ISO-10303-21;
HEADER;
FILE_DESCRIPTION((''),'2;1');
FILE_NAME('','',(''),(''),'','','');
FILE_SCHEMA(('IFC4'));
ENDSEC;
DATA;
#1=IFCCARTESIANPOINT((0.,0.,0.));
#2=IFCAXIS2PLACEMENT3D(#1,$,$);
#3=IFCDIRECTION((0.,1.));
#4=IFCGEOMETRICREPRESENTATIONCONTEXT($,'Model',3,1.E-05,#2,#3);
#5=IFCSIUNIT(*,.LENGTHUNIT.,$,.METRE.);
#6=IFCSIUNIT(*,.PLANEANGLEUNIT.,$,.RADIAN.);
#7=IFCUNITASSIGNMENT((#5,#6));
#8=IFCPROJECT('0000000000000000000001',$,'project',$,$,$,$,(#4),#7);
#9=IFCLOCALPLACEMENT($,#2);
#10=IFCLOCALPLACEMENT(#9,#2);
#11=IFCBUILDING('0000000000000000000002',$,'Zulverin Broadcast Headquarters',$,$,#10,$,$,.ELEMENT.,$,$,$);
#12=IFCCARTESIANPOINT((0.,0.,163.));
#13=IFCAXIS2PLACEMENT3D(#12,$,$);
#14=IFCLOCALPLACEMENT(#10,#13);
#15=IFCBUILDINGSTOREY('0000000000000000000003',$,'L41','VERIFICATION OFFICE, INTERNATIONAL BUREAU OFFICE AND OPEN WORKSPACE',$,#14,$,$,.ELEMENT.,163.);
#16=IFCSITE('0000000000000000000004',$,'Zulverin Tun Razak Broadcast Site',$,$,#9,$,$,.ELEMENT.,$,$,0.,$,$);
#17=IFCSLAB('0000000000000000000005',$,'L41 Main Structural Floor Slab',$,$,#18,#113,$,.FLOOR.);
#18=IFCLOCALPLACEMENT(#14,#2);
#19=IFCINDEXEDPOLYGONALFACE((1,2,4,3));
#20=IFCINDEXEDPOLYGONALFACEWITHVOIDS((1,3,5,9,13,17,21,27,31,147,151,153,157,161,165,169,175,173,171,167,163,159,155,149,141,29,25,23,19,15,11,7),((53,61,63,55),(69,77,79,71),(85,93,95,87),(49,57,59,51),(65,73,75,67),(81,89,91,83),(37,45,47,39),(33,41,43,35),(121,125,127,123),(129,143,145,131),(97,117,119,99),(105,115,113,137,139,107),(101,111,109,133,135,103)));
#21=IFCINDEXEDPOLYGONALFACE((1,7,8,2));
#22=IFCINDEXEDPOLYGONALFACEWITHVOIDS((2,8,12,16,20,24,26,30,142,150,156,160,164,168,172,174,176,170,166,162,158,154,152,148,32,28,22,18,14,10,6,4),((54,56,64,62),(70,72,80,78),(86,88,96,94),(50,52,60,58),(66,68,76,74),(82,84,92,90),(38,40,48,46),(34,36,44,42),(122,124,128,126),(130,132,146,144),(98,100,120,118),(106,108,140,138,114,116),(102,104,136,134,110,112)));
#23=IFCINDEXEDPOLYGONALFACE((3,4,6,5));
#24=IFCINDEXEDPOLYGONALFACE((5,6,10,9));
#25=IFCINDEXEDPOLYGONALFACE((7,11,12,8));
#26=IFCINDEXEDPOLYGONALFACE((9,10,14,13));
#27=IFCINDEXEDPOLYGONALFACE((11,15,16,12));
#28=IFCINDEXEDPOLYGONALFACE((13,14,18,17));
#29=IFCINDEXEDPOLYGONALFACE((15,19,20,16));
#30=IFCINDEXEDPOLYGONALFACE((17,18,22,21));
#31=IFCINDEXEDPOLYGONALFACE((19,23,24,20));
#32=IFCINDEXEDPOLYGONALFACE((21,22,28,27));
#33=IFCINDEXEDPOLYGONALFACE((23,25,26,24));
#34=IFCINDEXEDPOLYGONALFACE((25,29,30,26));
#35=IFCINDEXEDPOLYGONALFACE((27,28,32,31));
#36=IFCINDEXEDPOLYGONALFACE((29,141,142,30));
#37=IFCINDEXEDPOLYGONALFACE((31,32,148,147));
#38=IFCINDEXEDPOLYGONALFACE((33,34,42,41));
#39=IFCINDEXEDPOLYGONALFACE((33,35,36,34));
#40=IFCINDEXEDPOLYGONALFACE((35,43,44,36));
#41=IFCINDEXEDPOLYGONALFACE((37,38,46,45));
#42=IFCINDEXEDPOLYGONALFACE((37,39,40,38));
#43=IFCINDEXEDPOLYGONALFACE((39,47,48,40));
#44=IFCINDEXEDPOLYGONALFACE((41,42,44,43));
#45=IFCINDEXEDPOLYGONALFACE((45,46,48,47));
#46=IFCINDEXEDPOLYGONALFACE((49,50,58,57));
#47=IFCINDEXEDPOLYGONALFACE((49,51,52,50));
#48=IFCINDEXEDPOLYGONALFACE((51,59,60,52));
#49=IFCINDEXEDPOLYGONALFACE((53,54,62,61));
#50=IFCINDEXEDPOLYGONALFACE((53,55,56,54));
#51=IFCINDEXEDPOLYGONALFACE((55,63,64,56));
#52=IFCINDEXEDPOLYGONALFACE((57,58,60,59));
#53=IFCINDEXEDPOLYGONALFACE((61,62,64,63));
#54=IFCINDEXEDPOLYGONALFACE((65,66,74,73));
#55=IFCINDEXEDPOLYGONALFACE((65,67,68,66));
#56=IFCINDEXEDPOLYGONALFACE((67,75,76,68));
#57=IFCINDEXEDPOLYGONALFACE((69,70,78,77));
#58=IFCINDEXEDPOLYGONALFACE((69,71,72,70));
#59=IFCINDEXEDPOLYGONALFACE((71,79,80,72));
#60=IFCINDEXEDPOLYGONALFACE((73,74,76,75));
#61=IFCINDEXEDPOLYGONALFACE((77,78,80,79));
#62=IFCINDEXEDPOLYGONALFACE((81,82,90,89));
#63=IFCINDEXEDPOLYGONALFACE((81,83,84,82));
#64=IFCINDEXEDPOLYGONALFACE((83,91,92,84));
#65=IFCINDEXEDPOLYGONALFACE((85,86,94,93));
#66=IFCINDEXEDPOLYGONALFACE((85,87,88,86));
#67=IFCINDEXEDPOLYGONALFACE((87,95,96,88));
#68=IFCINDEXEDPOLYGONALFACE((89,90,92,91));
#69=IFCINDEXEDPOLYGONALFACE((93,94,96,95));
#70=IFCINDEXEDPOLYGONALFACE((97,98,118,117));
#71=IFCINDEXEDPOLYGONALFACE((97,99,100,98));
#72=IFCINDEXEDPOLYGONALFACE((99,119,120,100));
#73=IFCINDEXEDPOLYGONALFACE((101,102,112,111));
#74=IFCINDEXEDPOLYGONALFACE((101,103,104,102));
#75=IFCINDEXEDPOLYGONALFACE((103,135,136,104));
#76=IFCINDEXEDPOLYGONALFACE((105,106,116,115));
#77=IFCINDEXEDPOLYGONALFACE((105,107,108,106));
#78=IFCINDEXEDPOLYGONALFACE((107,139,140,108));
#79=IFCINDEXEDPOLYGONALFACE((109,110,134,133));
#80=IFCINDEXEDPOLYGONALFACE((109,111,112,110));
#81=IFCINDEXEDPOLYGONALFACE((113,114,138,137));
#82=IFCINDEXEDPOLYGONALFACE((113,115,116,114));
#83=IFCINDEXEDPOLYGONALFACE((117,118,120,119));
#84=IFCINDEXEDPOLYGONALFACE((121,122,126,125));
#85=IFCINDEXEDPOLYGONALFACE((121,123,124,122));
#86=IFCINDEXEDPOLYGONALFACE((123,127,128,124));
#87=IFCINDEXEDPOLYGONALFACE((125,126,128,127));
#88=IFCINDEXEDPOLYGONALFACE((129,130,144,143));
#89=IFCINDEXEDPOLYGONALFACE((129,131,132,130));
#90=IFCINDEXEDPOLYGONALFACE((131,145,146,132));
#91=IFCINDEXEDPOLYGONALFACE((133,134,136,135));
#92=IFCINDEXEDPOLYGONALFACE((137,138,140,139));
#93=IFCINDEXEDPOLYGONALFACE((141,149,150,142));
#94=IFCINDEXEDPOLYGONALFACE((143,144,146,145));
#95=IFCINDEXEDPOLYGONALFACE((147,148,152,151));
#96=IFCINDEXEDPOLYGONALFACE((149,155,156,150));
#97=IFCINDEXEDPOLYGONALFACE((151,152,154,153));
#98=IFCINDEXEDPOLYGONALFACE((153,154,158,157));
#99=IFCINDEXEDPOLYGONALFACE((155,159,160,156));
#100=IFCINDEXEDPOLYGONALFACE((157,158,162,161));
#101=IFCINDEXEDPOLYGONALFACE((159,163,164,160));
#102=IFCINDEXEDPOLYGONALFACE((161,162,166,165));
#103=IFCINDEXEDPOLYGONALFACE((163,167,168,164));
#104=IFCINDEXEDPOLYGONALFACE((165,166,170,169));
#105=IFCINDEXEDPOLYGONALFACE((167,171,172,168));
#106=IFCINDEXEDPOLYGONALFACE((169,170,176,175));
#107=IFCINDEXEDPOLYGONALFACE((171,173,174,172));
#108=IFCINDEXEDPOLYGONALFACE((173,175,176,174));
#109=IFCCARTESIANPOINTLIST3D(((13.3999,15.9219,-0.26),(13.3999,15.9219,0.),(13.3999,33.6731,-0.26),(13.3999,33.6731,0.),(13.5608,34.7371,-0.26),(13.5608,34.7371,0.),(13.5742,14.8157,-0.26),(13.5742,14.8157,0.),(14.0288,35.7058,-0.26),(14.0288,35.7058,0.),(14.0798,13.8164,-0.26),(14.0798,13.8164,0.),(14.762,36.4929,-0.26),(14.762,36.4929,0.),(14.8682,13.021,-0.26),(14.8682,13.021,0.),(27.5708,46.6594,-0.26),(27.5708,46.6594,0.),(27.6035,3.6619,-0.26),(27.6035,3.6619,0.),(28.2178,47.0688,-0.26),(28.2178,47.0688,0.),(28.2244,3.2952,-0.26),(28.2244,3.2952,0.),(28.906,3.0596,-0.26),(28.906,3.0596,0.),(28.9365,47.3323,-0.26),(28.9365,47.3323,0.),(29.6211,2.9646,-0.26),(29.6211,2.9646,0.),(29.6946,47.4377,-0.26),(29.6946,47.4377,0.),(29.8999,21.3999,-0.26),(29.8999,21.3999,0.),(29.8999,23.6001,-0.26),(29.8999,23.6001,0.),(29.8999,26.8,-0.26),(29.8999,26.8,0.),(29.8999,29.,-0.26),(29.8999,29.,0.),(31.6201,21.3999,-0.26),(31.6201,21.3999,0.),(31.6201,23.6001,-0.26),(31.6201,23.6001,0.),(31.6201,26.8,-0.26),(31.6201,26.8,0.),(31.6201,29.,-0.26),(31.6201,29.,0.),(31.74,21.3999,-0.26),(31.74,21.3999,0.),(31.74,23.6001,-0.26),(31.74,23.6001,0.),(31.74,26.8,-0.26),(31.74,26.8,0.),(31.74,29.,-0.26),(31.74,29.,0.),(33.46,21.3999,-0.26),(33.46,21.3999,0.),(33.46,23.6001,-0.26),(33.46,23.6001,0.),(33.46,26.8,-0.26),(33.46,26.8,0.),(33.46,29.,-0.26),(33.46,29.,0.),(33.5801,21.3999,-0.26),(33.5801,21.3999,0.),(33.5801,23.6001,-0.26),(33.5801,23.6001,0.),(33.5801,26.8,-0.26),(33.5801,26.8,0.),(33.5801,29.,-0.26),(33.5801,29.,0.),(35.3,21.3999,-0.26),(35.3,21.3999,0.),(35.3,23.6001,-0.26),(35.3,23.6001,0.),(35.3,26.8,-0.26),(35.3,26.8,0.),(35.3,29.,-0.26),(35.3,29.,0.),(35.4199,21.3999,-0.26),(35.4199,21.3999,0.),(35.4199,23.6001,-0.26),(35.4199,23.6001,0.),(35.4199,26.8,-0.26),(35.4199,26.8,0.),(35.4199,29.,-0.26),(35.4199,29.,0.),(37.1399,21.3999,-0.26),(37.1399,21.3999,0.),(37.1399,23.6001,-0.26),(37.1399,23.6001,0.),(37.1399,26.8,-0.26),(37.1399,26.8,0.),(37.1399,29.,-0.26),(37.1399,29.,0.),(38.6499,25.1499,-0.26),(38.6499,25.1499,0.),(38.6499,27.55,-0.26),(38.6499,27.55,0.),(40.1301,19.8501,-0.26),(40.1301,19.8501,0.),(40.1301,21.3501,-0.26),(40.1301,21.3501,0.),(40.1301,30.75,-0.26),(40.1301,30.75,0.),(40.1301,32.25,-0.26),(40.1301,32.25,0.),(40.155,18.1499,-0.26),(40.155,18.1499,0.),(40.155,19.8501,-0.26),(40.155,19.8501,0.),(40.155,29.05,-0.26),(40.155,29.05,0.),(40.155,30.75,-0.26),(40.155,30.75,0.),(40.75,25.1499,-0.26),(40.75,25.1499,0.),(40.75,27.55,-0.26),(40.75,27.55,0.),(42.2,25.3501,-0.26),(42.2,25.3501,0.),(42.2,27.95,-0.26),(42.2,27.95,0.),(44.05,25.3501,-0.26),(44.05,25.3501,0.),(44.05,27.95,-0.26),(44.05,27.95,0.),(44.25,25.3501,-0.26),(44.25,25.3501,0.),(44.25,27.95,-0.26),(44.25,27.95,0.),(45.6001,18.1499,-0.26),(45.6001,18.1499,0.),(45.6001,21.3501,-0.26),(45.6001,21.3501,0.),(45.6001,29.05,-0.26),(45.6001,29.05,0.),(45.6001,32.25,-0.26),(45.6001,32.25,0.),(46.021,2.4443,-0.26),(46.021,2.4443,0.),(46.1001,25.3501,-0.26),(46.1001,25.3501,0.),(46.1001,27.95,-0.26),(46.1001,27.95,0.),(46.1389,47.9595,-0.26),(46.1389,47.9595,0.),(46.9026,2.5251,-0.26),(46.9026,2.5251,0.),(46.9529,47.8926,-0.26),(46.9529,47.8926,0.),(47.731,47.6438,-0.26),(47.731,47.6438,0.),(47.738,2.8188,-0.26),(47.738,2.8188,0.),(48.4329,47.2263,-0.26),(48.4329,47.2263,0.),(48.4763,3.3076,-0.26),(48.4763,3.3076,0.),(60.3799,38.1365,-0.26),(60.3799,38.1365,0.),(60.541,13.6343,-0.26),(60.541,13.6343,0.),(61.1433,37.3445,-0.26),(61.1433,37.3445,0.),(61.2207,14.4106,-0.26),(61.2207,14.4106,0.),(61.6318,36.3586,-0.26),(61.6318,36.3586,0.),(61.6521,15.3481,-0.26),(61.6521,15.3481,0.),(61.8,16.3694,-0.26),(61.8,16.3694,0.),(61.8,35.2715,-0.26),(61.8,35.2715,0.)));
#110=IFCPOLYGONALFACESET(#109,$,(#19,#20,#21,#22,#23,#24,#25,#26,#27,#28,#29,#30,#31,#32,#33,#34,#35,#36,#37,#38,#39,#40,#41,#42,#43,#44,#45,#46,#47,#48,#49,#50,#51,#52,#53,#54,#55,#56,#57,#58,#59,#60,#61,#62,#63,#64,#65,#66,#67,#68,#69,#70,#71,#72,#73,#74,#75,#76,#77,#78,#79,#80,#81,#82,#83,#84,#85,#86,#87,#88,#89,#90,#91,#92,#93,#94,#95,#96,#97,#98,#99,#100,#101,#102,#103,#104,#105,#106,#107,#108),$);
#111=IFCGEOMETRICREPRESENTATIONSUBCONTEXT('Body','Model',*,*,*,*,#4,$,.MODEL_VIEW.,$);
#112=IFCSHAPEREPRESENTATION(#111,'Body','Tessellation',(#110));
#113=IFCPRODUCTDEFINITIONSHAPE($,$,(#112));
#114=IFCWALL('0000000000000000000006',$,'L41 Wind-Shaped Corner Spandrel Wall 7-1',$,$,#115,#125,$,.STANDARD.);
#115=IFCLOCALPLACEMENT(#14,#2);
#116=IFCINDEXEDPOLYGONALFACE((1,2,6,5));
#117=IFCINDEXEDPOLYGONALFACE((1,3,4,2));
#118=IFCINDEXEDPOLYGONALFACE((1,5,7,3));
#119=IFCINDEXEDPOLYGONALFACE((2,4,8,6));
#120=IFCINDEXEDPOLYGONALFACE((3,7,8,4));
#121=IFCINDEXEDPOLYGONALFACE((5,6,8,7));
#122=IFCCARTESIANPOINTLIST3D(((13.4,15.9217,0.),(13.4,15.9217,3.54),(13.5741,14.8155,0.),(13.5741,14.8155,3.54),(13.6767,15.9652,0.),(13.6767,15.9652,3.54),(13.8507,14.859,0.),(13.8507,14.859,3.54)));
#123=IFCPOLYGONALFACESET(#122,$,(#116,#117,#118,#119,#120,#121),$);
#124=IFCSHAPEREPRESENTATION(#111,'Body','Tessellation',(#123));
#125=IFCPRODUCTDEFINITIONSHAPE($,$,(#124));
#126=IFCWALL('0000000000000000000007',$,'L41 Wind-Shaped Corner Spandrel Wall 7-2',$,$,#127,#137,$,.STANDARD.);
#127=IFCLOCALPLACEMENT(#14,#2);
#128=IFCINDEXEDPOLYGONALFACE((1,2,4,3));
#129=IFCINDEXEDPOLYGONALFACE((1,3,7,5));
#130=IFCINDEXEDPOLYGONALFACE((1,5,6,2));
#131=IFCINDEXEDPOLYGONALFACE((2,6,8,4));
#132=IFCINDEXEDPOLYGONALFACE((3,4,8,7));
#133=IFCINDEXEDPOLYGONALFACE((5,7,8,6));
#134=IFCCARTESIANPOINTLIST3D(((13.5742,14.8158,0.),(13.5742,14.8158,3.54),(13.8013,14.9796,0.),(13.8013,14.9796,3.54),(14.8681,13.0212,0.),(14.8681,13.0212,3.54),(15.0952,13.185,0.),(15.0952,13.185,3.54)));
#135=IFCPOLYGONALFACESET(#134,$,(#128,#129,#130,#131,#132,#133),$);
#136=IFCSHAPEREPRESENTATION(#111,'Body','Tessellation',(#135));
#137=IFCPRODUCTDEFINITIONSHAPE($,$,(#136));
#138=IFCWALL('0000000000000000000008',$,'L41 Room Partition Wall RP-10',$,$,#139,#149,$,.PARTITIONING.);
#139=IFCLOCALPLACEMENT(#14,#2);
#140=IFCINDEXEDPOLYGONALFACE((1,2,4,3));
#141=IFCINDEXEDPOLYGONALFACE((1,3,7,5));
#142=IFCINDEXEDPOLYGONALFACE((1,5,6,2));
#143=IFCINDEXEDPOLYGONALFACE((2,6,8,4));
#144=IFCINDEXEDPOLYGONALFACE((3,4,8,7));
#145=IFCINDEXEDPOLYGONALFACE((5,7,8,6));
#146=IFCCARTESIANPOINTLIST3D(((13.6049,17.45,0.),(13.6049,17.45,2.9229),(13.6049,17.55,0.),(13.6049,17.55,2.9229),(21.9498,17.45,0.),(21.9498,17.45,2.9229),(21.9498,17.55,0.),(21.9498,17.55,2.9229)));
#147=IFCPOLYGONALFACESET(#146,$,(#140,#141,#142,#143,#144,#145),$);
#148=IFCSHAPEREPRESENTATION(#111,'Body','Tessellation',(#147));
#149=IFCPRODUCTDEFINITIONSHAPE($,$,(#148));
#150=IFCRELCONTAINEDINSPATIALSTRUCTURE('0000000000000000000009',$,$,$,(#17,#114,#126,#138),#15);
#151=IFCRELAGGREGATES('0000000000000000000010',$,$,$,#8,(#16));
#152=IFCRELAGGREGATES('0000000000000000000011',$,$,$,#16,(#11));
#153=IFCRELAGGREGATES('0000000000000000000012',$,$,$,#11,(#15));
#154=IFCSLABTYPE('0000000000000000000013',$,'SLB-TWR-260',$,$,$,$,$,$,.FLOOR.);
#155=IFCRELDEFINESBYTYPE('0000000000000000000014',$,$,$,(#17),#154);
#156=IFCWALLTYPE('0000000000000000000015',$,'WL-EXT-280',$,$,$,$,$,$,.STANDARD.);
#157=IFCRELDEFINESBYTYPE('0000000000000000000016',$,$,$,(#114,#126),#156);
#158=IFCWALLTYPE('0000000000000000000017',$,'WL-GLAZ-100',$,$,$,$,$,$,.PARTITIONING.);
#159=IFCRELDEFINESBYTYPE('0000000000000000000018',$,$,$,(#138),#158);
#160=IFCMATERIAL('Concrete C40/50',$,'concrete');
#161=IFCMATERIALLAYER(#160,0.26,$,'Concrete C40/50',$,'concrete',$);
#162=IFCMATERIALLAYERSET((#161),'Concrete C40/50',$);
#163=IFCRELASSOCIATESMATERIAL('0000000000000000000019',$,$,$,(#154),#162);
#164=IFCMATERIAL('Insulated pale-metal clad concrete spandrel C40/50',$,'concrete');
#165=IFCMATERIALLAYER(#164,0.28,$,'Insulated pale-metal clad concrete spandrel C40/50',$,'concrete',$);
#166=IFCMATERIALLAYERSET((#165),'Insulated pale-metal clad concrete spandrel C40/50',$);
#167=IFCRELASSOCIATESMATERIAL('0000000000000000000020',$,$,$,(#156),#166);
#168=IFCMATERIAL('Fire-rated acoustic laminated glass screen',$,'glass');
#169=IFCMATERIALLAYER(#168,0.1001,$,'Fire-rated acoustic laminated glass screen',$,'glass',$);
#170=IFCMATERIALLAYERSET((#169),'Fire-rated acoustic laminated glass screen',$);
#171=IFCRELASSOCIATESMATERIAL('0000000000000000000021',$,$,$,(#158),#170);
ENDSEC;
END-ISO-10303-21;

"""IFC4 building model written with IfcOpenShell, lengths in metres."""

from ifc_helpers import new_model, si_unit, direction, frame, frame_2d, origin, place, context, subcontext, project, spatial, polyline, rectangle, outline, extrude, material, layer, layer_set, type_object, element, save


model = new_model("IFC4")

# Units and contexts
model_context = context("Model", 3, precision=1e-05, world=origin(), true_north=direction((0.0, 1.0)))
body_context = subcontext(model_context, "Body", "Model", "MODEL_VIEW")
ifc_project = project(units=[si_unit("LENGTHUNIT", "METRE"), si_unit("PLANEANGLEUNIT", "RADIAN")], contexts=[model_context])

# Site, building, storey
site_placement = place(None, origin())
site = spatial("IfcSite", under=ifc_project, at=site_placement, Name="Zulverin Tun Razak Broadcast Site", CompositionType="ELEMENT", RefElevation=0.0)
building_placement = place(site_placement, origin())
building = spatial("IfcBuilding", under=site, at=building_placement, Name="Zulverin Broadcast Headquarters", CompositionType="ELEMENT")
storey_placement = place(building_placement, frame((0.0, 0.0, 163.0)))
storey = spatial("IfcBuildingStorey", under=building, at=storey_placement, Name="L41", Description="VERIFICATION OFFICE, INTERNATIONAL BUREAU OFFICE AND OPEN WORKSPACE", CompositionType="ELEMENT", Elevation=163.0)

# Shared definitions
ifc_material_1 = material(Name="Concrete C40/50", Category="concrete")

# Slab
ifc_layer_1 = layer(ifc_material_1, 0.26, Name="Concrete C40/50", Category="concrete")
ifc_layer_set_1 = layer_set([ifc_layer_1], Name="Concrete C40/50")
slab_type_1 = type_object("IfcSlabType", Name="SLB-TWR-260", PredefinedType="FLOOR", material=ifc_layer_set_1)
slab_1_placement = place(storey_placement, frame((0.0, 0.0, -0.26)))
element("IfcSlab", 1, at=slab_1_placement, inside=storey, type_object=slab_type_1, Name="L41 Main Structural Floor Slab", PredefinedType="FLOOR", context=body_context, shape_type="SweptSolid", body=[
    extrude(outline(polyline([(27.6035, 3.6619), (28.2244, 3.2952), (28.906, 3.0596), (29.6211, 2.9646), (46.021, 2.4443), (46.9026, 2.5251), (47.738, 2.8188), (48.4763, 3.3076), (60.541, 13.6343), (61.2207, 14.4106), (61.6521, 15.3481), (61.8, 16.3694), (61.8, 35.2715), (61.6318, 36.3586), (61.1433, 37.3445), (60.3799, 38.1365), (48.4329, 47.2263), (47.731, 47.6438), (46.9529, 47.8926), (46.1389, 47.9595), (29.6946, 47.4377), (28.9365, 47.3323), (28.2178, 47.0688), (27.5708, 46.6594), (14.762, 36.4929), (14.0288, 35.7058), (13.5608, 34.7371), (13.3999, 33.6731), (13.3999, 15.9219), (13.5742, 14.8157), (14.0798, 13.8164), (14.8682, 13.021), (27.6035, 3.6619)]), holes=[polyline([(40.155, 30.75), (40.1301, 30.75), (40.1301, 32.25), (45.6001, 32.25), (45.6001, 29.05), (40.155, 29.05), (40.155, 30.75)]), polyline([(40.155, 19.8501), (40.1301, 19.8501), (40.1301, 21.3501), (45.6001, 21.3501), (45.6001, 18.1499), (40.155, 18.1499), (40.155, 19.8501)]), polyline([(29.8999, 21.3999), (31.6201, 21.3999), (31.6201, 23.6001), (29.8999, 23.6001), (29.8999, 21.3999)]), polyline([(31.74, 21.3999), (33.46, 21.3999), (33.46, 23.6001), (31.74, 23.6001), (31.74, 21.3999)]), polyline([(33.5801, 21.3999), (35.3, 21.3999), (35.3, 23.6001), (33.5801, 23.6001), (33.5801, 21.3999)]), polyline([(35.4199, 21.3999), (37.1399, 21.3999), (37.1399, 23.6001), (35.4199, 23.6001), (35.4199, 21.3999)]), polyline([(29.8999, 26.8), (31.6201, 26.8), (31.6201, 29.0), (29.8999, 29.0), (29.8999, 26.8)]), polyline([(31.74, 26.8), (33.46, 26.8), (33.46, 29.0), (31.74, 29.0), (31.74, 26.8)]), polyline([(33.5801, 26.8), (35.3, 26.8), (35.3, 29.0), (33.5801, 29.0), (33.5801, 26.8)]), polyline([(35.4199, 26.8), (37.1399, 26.8), (37.1399, 29.0), (35.4199, 29.0), (35.4199, 26.8)]), polyline([(42.2, 25.3501), (44.05, 25.3501), (44.05, 27.95), (42.2, 27.95), (42.2, 25.3501)]), polyline([(44.25, 25.3501), (46.1001, 25.3501), (46.1001, 27.95), (44.25, 27.95), (44.25, 25.3501)]), polyline([(38.6499, 25.1499), (40.75, 25.1499), (40.75, 27.55), (38.6499, 27.55), (38.6499, 25.1499)])]), origin(), (0.0, 0.0, 1.0), 0.26),
])

# Walls
ifc_material_2 = material(Name="Insulated pale-metal clad concrete spandrel C40/50", Category="concrete")
ifc_layer_2 = layer(ifc_material_2, 0.28, Name="Insulated pale-metal clad concrete spandrel C40/50", Category="concrete")
ifc_layer_set_2 = layer_set([ifc_layer_2], Name="Insulated pale-metal clad concrete spandrel C40/50")
wall_type_1 = type_object("IfcWallType", Name="WL-EXT-280", PredefinedType="STANDARD", material=ifc_layer_set_2)
wall_1_placement = place(storey_placement, frame((13.5383, 15.9436, 0.0), z_axis=(0.0, 0.0, 1.0), x_axis=(0.155448, -0.987844, 0.0)))
element("IfcWall", 2, at=wall_1_placement, inside=storey, type_object=wall_type_1, Name="L41 Wind-Shaped Corner Spandrel Wall 7-1", PredefinedType="STANDARD", context=body_context, shape_type="SweptSolid", body=[
    extrude(rectangle(XDim=1.1199, YDim=0.28, at=frame_2d((0.5601, 0.0))), origin(), (0.0, 0.0, 1.0), 3.54),
])
wall_2_placement = place(storey_placement, frame((13.6877, 14.8977, 0.0), z_axis=(0.0, 0.0, 1.0), x_axis=(0.584834, -0.811153, 0.0)))
element("IfcWall", 3, at=wall_2_placement, inside=storey, type_object=wall_type_1, Name="L41 Wind-Shaped Corner Spandrel Wall 7-2", PredefinedType="STANDARD", context=body_context, shape_type="SweptSolid", body=[
    extrude(rectangle(XDim=2.2124, YDim=0.28, at=frame_2d((1.1062, 0.0))), origin(), (0.0, 0.0, 1.0), 3.54),
])
ifc_material_3 = material(Name="Fire-rated acoustic laminated glass screen", Category="glass")
ifc_layer_3 = layer(ifc_material_3, 0.1001, Name="Fire-rated acoustic laminated glass screen", Category="glass")
ifc_layer_set_3 = layer_set([ifc_layer_3], Name="Fire-rated acoustic laminated glass screen")
wall_type_2 = type_object("IfcWallType", Name="WL-GLAZ-100", PredefinedType="PARTITIONING", material=ifc_layer_set_3)
wall_3_placement = place(storey_placement, frame((13.605, 17.5, 0.0), z_axis=(0.0, 0.0, 1.0), x_axis=(1.0, 0.0, 0.0)))
element("IfcWall", 4, at=wall_3_placement, inside=storey, type_object=wall_type_2, Name="L41 Room Partition Wall RP-10", PredefinedType="PARTITIONING", context=body_context, shape_type="SweptSolid", body=[
    extrude(rectangle(XDim=8.345, YDim=0.1001, at=frame_2d((4.1724, 0.0))), origin(), (0.0, 0.0, 1.0), 2.9229),
])

save(model, "model.ifc")
